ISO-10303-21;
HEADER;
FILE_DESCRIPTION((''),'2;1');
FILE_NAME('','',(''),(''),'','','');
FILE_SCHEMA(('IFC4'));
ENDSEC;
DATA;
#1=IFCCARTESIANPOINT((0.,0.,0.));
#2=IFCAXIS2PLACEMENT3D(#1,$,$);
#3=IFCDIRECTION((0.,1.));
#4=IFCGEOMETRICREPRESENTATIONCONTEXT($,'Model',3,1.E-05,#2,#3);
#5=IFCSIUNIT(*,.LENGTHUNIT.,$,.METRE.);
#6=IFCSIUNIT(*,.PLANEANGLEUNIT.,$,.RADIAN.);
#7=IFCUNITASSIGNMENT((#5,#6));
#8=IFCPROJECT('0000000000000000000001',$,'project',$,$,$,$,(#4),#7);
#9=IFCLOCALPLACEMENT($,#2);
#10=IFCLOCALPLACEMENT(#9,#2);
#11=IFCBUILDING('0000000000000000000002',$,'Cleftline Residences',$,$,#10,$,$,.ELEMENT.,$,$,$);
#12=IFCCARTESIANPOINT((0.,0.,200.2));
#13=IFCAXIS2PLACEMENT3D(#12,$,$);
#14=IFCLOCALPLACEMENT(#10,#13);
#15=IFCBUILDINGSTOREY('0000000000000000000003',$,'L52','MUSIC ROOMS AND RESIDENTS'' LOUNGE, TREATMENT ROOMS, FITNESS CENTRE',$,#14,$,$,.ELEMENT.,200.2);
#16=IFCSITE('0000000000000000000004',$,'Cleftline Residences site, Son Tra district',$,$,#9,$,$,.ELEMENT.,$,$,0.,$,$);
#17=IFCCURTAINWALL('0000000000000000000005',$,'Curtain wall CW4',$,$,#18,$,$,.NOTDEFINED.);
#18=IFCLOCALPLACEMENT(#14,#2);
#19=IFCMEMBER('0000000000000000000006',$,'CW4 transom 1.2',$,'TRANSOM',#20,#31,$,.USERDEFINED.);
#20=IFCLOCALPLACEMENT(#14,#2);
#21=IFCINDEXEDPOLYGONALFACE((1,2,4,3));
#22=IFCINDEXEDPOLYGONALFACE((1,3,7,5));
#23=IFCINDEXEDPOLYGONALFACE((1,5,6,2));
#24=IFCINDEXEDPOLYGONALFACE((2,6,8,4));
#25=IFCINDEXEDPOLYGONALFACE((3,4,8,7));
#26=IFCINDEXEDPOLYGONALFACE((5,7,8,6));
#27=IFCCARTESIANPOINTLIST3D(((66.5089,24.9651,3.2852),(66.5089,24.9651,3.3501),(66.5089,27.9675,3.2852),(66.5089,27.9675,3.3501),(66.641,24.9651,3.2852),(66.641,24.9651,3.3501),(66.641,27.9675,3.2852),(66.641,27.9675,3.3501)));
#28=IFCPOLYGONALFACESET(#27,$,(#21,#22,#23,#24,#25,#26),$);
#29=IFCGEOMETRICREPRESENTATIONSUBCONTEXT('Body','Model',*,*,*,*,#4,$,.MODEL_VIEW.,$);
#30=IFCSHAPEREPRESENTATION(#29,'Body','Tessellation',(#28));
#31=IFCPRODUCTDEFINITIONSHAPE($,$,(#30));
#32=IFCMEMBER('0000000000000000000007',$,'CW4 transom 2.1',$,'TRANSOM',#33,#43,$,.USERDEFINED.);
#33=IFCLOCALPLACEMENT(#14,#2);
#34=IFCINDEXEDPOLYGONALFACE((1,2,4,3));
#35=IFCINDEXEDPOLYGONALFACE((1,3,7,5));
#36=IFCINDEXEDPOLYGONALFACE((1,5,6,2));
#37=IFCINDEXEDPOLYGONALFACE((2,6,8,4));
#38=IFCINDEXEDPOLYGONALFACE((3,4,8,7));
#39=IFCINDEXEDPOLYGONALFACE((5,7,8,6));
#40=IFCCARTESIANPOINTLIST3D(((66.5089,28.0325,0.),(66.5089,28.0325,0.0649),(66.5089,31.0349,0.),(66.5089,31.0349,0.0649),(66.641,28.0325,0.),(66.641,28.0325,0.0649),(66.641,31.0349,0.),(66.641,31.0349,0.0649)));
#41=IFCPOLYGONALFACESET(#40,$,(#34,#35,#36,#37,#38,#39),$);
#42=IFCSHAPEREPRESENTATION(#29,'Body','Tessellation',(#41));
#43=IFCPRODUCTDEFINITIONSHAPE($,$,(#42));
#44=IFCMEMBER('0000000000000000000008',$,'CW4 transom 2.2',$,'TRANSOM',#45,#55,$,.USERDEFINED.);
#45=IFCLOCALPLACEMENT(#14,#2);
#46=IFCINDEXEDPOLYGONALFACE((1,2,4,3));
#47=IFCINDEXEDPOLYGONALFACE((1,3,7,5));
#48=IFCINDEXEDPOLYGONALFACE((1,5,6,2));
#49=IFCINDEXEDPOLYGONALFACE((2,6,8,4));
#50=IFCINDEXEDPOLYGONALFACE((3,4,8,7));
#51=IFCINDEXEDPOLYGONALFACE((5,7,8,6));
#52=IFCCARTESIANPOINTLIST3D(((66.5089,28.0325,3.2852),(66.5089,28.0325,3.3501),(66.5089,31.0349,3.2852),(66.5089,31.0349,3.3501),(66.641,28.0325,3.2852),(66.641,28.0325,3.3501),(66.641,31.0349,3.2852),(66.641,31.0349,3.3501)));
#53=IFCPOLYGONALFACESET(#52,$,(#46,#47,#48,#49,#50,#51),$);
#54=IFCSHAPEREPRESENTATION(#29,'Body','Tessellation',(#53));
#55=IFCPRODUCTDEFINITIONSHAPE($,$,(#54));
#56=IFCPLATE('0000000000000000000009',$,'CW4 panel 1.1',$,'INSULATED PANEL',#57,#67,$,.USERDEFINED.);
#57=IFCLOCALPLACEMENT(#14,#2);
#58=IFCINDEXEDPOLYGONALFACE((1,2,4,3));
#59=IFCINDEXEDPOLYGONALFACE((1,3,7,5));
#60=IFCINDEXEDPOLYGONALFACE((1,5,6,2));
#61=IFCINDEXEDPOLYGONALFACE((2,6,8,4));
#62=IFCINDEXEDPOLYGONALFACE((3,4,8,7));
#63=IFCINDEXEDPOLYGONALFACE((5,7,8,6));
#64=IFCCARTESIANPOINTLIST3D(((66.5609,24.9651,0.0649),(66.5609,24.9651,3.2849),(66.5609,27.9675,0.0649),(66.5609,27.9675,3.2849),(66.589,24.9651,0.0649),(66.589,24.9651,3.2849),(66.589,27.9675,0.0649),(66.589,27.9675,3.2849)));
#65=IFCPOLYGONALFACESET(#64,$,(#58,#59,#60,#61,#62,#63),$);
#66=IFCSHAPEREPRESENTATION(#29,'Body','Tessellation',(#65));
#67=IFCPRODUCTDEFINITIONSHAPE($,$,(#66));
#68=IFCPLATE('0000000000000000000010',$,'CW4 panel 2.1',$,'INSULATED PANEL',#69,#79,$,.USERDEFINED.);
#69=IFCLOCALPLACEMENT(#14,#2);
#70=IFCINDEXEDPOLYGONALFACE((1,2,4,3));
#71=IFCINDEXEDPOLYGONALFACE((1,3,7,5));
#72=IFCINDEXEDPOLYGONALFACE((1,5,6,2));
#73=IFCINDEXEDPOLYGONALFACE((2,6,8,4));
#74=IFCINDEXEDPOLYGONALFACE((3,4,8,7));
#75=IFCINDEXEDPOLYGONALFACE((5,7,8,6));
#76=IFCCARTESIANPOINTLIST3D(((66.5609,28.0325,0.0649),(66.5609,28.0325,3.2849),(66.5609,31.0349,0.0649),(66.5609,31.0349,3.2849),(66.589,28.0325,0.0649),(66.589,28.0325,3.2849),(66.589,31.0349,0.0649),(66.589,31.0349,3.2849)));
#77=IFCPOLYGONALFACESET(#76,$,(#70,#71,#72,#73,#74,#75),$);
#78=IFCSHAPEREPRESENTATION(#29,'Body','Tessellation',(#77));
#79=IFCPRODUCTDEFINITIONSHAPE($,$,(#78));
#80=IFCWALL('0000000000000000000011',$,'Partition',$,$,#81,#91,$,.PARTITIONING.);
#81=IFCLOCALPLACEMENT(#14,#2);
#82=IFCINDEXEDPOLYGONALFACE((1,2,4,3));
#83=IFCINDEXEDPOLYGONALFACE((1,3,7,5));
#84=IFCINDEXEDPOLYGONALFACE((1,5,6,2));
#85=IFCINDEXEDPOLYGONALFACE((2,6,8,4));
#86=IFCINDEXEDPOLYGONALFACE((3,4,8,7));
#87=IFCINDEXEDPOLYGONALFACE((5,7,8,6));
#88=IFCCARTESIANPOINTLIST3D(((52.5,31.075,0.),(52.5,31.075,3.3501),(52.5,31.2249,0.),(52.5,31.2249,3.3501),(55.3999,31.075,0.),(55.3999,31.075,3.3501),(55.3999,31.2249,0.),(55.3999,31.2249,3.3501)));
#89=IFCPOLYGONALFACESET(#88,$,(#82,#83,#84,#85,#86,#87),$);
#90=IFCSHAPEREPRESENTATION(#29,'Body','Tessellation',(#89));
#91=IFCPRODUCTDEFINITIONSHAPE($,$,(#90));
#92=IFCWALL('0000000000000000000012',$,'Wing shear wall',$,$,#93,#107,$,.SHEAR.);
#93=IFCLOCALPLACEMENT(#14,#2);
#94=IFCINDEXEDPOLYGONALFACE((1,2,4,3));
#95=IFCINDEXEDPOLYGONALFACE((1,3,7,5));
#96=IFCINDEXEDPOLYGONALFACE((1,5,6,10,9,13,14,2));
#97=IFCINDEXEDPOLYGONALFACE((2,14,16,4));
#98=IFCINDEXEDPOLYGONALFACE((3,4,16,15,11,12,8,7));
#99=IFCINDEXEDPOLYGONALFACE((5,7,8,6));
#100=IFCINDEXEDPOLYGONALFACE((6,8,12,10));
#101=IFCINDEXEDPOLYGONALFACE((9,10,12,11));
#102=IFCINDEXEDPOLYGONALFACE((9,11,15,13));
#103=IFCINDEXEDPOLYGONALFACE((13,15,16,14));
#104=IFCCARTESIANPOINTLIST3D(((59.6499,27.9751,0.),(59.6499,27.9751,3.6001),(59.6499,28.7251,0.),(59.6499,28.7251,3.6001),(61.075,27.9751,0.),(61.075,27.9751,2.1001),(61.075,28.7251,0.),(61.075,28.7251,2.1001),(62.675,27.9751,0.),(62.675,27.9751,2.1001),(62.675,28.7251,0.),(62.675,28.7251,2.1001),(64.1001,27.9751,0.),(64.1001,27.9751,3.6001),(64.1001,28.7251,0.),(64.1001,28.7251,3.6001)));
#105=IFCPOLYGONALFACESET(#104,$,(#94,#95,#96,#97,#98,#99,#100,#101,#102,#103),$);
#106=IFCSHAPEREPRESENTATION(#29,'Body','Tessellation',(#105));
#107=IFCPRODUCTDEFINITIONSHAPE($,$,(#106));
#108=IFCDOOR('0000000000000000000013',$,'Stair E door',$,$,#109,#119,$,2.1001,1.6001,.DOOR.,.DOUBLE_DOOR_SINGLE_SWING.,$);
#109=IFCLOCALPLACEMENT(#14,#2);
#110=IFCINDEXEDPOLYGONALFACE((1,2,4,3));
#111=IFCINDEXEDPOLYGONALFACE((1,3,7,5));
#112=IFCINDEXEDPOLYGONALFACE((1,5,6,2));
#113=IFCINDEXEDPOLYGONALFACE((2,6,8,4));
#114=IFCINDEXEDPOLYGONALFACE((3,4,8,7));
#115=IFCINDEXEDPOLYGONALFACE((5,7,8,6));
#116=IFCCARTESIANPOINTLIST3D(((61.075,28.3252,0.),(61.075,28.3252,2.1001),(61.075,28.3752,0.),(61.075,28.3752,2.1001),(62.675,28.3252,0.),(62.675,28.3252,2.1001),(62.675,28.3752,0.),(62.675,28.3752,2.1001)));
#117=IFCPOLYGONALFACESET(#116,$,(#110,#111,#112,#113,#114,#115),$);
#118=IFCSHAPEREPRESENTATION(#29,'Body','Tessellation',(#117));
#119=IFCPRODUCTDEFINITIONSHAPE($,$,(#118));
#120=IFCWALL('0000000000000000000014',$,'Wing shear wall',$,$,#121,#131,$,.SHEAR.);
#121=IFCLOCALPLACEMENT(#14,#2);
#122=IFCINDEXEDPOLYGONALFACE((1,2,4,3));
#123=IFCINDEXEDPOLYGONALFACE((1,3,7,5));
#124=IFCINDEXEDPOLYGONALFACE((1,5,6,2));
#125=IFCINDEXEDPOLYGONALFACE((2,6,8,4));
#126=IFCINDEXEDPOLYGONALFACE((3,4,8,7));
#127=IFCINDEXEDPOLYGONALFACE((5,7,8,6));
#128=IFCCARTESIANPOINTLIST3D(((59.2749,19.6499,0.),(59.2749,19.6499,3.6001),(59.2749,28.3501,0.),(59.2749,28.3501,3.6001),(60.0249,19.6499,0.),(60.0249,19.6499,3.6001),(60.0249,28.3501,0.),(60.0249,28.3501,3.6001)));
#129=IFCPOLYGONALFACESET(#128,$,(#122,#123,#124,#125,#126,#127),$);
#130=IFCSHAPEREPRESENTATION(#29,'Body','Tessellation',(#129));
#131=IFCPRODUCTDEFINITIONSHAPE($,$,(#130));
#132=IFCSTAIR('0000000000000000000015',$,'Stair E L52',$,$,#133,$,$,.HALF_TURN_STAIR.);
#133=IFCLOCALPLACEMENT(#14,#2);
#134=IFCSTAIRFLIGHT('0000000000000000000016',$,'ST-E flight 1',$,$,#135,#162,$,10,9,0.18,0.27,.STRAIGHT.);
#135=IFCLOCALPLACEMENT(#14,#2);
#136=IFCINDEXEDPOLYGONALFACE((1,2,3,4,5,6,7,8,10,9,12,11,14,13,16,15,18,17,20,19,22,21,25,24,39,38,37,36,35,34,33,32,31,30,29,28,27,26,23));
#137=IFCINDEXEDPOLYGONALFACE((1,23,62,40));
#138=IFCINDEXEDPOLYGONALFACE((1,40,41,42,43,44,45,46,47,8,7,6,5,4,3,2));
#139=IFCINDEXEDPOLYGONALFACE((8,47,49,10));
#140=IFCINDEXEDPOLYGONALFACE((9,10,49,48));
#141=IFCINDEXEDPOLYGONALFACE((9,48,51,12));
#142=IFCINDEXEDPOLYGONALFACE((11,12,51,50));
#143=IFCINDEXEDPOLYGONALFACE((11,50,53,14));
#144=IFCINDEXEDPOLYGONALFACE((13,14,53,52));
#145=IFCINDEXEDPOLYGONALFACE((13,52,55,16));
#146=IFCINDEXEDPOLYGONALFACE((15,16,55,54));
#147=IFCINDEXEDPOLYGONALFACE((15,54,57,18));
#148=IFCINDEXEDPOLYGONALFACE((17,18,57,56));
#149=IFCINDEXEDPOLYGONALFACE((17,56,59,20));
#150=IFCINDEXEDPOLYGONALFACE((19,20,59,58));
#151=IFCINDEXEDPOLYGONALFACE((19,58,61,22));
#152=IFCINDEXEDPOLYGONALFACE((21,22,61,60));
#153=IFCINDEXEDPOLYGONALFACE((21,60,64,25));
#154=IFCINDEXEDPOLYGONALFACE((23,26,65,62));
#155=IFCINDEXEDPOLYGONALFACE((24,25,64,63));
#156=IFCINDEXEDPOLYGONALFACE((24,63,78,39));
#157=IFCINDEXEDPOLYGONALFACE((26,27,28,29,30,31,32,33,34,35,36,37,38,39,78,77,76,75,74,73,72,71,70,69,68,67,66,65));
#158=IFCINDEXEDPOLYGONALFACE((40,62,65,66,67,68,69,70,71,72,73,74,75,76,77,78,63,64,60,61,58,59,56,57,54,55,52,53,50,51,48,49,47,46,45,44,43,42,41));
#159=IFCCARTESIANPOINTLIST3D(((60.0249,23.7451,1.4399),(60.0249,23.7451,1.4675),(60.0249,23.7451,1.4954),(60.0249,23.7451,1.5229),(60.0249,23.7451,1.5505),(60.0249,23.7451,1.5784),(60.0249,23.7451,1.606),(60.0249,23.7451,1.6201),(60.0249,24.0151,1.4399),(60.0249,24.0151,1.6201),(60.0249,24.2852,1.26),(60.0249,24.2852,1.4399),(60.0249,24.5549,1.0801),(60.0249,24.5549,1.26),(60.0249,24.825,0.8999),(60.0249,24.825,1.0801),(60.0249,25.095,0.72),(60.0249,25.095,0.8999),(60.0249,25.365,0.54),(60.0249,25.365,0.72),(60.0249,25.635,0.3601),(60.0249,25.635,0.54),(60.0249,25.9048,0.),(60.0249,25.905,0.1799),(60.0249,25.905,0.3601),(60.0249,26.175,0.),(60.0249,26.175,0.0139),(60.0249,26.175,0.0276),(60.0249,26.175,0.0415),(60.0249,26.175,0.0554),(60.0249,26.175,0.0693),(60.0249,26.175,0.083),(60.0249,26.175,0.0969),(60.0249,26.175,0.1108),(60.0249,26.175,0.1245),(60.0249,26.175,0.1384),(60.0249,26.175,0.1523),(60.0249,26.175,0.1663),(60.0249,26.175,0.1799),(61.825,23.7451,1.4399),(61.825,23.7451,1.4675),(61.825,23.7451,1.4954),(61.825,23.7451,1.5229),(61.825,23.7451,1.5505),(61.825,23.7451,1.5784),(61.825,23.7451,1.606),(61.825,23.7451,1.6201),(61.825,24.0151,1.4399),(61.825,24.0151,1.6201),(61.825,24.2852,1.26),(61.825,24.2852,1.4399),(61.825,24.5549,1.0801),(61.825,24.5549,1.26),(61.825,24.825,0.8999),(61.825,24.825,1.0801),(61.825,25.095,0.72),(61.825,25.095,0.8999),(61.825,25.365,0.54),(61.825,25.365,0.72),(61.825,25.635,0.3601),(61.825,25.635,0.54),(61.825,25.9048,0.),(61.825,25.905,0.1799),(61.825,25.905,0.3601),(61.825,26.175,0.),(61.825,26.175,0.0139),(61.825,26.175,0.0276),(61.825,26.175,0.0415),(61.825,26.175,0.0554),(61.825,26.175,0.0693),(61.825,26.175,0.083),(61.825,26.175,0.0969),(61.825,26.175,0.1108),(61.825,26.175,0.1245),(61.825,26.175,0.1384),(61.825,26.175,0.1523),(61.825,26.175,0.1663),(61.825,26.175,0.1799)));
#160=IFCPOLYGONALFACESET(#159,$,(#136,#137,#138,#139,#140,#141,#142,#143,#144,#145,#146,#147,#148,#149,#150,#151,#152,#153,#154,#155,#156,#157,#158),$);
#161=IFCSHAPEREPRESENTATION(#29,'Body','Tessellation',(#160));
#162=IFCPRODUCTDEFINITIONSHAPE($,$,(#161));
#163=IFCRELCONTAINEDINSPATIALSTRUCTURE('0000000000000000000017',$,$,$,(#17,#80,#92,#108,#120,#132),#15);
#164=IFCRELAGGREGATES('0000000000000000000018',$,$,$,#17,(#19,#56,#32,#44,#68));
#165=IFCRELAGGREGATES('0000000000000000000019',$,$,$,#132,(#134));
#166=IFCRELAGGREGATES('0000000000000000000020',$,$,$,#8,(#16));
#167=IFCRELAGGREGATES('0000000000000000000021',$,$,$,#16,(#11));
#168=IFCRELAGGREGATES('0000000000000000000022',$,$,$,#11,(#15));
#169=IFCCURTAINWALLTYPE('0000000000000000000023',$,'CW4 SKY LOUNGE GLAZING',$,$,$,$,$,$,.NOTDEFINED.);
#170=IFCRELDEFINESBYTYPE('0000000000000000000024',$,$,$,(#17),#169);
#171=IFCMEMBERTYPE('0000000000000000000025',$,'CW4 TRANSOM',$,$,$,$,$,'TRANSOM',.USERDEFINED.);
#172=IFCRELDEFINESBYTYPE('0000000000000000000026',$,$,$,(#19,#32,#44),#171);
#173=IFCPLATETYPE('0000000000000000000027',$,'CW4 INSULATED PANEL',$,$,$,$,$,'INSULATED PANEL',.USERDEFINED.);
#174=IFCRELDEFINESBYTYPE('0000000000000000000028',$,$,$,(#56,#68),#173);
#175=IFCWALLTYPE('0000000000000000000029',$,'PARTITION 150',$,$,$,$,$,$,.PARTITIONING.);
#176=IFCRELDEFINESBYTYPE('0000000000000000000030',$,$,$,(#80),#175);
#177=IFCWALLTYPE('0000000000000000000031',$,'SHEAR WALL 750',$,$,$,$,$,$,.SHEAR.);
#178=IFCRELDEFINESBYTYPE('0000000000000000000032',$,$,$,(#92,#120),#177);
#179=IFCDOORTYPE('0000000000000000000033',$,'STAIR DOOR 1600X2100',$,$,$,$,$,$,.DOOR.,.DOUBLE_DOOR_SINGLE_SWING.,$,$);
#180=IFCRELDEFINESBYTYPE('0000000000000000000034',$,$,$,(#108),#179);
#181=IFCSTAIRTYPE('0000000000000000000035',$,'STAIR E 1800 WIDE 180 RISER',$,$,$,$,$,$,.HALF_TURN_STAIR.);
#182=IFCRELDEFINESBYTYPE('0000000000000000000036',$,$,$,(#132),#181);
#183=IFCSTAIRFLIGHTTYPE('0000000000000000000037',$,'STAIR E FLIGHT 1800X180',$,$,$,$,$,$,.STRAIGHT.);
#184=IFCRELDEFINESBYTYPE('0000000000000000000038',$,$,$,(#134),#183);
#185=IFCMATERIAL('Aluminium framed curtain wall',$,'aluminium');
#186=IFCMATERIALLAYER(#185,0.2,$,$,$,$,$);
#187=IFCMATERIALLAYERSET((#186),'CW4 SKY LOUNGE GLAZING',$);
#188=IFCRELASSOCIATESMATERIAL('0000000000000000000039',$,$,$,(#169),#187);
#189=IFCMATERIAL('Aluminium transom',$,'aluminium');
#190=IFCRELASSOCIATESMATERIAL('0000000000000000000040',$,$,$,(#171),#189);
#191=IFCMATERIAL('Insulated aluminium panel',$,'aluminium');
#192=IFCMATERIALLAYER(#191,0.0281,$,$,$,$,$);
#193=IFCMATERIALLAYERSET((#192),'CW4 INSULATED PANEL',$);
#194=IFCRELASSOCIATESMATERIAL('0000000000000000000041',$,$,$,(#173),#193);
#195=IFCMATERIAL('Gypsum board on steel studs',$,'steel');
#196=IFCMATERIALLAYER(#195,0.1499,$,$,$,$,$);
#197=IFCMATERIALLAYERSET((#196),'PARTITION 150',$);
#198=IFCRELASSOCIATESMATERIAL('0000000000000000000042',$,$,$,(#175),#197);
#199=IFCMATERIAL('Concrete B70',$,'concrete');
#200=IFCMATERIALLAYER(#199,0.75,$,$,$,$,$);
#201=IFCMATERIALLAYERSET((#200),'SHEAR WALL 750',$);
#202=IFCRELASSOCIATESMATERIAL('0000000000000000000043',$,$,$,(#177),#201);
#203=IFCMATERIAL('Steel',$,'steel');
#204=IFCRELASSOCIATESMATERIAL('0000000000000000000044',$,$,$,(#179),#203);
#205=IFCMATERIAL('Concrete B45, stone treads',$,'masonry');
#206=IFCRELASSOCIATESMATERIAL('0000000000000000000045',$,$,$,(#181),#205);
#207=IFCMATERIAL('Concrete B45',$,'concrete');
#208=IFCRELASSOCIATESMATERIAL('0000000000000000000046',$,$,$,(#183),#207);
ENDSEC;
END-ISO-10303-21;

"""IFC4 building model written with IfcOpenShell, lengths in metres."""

from ifc_helpers import new_model, si_unit, direction, frame, frame_2d, origin, origin_2d, place, context, subcontext, project, spatial, polyline, rectangle, outline, extrude, material, layer, layer_set, material_profile, profile_set, type_object, element, fill, aggregate, save


model = new_model("IFC4")

# Units and contexts
model_context = context("Model", 3, precision=1e-05, world=origin(), true_north=direction((0.0, 1.0)))
body_context = subcontext(model_context, "Body", "Model", "MODEL_VIEW")
ifc_project = project(units=[si_unit("LENGTHUNIT", "METRE"), si_unit("PLANEANGLEUNIT", "RADIAN")], contexts=[model_context])

# Site, building, storey
site_placement = place(None, origin())
site = spatial("IfcSite", under=ifc_project, at=site_placement, Name="Cleftline Residences site, Son Tra district", CompositionType="ELEMENT", RefElevation=0.0)
building_placement = place(site_placement, origin())
building = spatial("IfcBuilding", under=site, at=building_placement, Name="Cleftline Residences", CompositionType="ELEMENT")
storey_placement = place(building_placement, frame((0.0, 0.0, 200.2)))
storey = spatial("IfcBuildingStorey", under=building, at=storey_placement, Name="L52", Description="MUSIC ROOMS AND RESIDENTS' LOUNGE, TREATMENT ROOMS, FITNESS CENTRE", CompositionType="ELEMENT", Elevation=200.2)

# Curtain wall, members, plates
ifc_material_1 = material(Name="Aluminium framed curtain wall", Category="aluminium")
ifc_layer_1 = layer(ifc_material_1, 0.2)
ifc_layer_set_1 = layer_set([ifc_layer_1], Name="CW4 SKY LOUNGE GLAZING")
curtain_wall_type = type_object("IfcCurtainWallType", Name="CW4 SKY LOUNGE GLAZING", PredefinedType="NOTDEFINED", material=ifc_layer_set_1)
curtain_wall_placement = place(storey_placement, origin())
curtain_wall = element("IfcCurtainWall", 1, at=curtain_wall_placement, inside=storey, type_object=curtain_wall_type, Name="Curtain wall CW4", PredefinedType="NOTDEFINED")
ifc_material_2 = material(Name="Aluminium transom", Category="aluminium")
ifc_material_profile_1 = material_profile(ifc_material_2, rectangle(XDim=0.1321, YDim=0.0649, at=origin_2d()))
ifc_profile_set_1 = profile_set([ifc_material_profile_1], Name="Aluminium transom")
member_type_1 = type_object("IfcMemberType", Name="CW4 TRANSOM", ElementType="TRANSOM", PredefinedType="USERDEFINED", material=ifc_profile_set_1)
member_1_placement = place(storey_placement, frame((66.575, 24.9651, 3.3176), z_axis=(0.0, 1.0, 0.0), x_axis=(-1.0, 0.0, 0.0)))
member_1 = element("IfcMember", 2, at=member_1_placement, type_object=member_type_1, Name="CW4 transom 1.2", ObjectType="TRANSOM", PredefinedType="USERDEFINED", context=body_context, shape_type="SweptSolid", body=[
    extrude(rectangle(XDim=0.1321, YDim=0.0649, at=origin_2d()), origin(), (0.0, 0.0, 1.0), 3.0024),
])
member_2_placement = place(storey_placement, frame((66.575, 28.0325, 0.0325), z_axis=(0.0, 1.0, 0.0), x_axis=(-1.0, 0.0, 0.0)))
member_2 = element("IfcMember", 3, at=member_2_placement, type_object=member_type_1, Name="CW4 transom 2.1", ObjectType="TRANSOM", PredefinedType="USERDEFINED", context=body_context, shape_type="SweptSolid", body=[
    extrude(rectangle(XDim=0.1321, YDim=0.0649, at=origin_2d()), origin(), (0.0, 0.0, 1.0), 3.0024),
])
member_3_placement = place(storey_placement, frame((66.575, 28.0325, 3.3176), z_axis=(0.0, 1.0, 0.0), x_axis=(-1.0, 0.0, 0.0)))
member_3 = element("IfcMember", 4, at=member_3_placement, type_object=member_type_1, Name="CW4 transom 2.2", ObjectType="TRANSOM", PredefinedType="USERDEFINED", context=body_context, shape_type="SweptSolid", body=[
    extrude(rectangle(XDim=0.1321, YDim=0.0649, at=origin_2d()), origin(), (0.0, 0.0, 1.0), 3.0024),
])
ifc_material_3 = material(Name="Insulated aluminium panel", Category="aluminium")
ifc_layer_2 = layer(ifc_material_3, 0.0281)
ifc_layer_set_2 = layer_set([ifc_layer_2], Name="CW4 INSULATED PANEL")
plate_type = type_object("IfcPlateType", Name="CW4 INSULATED PANEL", ElementType="INSULATED PANEL", PredefinedType="USERDEFINED", material=ifc_layer_set_2)
plate_1_placement = place(storey_placement, frame((66.575, 26.4663, 0.0649), z_axis=(0.0, 0.0, 1.0), x_axis=(0.0, 1.0, 0.0)))
plate_1 = element("IfcPlate", 5, at=plate_1_placement, type_object=plate_type, Name="CW4 panel 1.1", ObjectType="INSULATED PANEL", PredefinedType="USERDEFINED", context=body_context, shape_type="SweptSolid", body=[
    extrude(rectangle(XDim=3.0024, YDim=0.0281, at=origin_2d()), origin(), (0.0, 0.0, 1.0), 3.22),
])
plate_2_placement = place(storey_placement, frame((66.575, 29.5337, 0.0649), z_axis=(0.0, 0.0, 1.0), x_axis=(0.0, 1.0, 0.0)))
plate_2 = element("IfcPlate", 6, at=plate_2_placement, type_object=plate_type, Name="CW4 panel 2.1", ObjectType="INSULATED PANEL", PredefinedType="USERDEFINED", context=body_context, shape_type="SweptSolid", body=[
    extrude(rectangle(XDim=3.0024, YDim=0.0281, at=origin_2d()), origin(), (0.0, 0.0, 1.0), 3.22),
])
aggregate(curtain_wall, [member_1, plate_1, member_2, member_3, plate_2])

# Wall
ifc_material_4 = material(Name="Gypsum board on steel studs", Category="steel")
ifc_layer_3 = layer(ifc_material_4, 0.1499)
ifc_layer_set_3 = layer_set([ifc_layer_3], Name="PARTITION 150")
wall_type_1 = type_object("IfcWallType", Name="PARTITION 150", PredefinedType="PARTITIONING", material=ifc_layer_set_3)
wall_1_placement = place(storey_placement, frame((52.5, 31.1499, 0.0), z_axis=(0.0, 0.0, 1.0), x_axis=(1.0, 0.0, 0.0)))
element("IfcWall", 7, at=wall_1_placement, inside=storey, type_object=wall_type_1, Name="Partition", PredefinedType="PARTITIONING", context=body_context, shape_type="SweptSolid", body=[
    extrude(rectangle(XDim=2.8999, YDim=0.1499, at=frame_2d((1.45, 0.0))), origin(), (0.0, 0.0, 1.0), 3.3501),
])

# Wall, opening, door
ifc_material_5 = material(Name="Concrete B70", Category="concrete")
ifc_layer_4 = layer(ifc_material_5, 0.75)
ifc_layer_set_4 = layer_set([ifc_layer_4], Name="SHEAR WALL 750")
wall_type_2 = type_object("IfcWallType", Name="SHEAR WALL 750", PredefinedType="SHEAR", material=ifc_layer_set_4)
wall_2_placement = place(storey_placement, frame((64.1001, 28.3501, 0.0), z_axis=(0.0, 0.0, 1.0), x_axis=(-1.0, 0.0, 0.0)))
wall_2 = element("IfcWall", 8, at=wall_2_placement, inside=storey, type_object=wall_type_2, Name="Wing shear wall", PredefinedType="SHEAR", context=body_context, shape_type="SweptSolid", body=[
    extrude(rectangle(XDim=4.4502, YDim=0.75, at=frame_2d((2.2251, 0.0))), origin(), (0.0, 0.0, 1.0), 3.6001),
])
opening_placement = place(wall_2_placement, frame((1.425, 0.0, 0.0)))
opening = element("IfcOpeningElement", 9, at=opening_placement, cuts=wall_2, PredefinedType="OPENING", context=body_context, shape_type="SweptSolid", body=[
    extrude(rectangle(XDim=1.6001, YDim=2.1001, at=frame_2d((0.8, 1.05))), frame((0.0, 0.385, 0.0), z_axis=(0.0, -1.0, 0.0), x_axis=(1.0, 0.0, 0.0)), (0.0, 0.0, 1.0), 0.77),
])
ifc_material_6 = material(Name="Steel", Category="steel")
door_type = type_object("IfcDoorType", Name="STAIR DOOR 1600X2100", OperationType="DOUBLE_DOOR_SINGLE_SWING", PredefinedType="DOOR", material=ifc_material_6)
door_placement = place(opening_placement, origin())
door = element("IfcDoor", 10, at=door_placement, inside=storey, type_object=door_type, Name="Stair E door", OperationType="DOUBLE_DOOR_SINGLE_SWING", OverallHeight=2.1001, OverallWidth=1.6001, PredefinedType="DOOR", context=body_context, shape_type="SweptSolid", body=[
    extrude(rectangle(XDim=1.6001, YDim=2.1001, at=frame_2d((0.8, 1.05))), frame((0.0, 0.0249, 0.0), z_axis=(0.0, -1.0, 0.0), x_axis=(1.0, 0.0, 0.0)), (0.0, 0.0, 1.0), 0.05),
])
fill(opening, door)

# Wall
wall_3_placement = place(storey_placement, frame((59.6499, 28.3501, 0.0), z_axis=(0.0, 0.0, 1.0), x_axis=(0.0, -1.0, 0.0)))
element("IfcWall", 11, at=wall_3_placement, inside=storey, type_object=wall_type_2, Name="Wing shear wall", PredefinedType="SHEAR", context=body_context, shape_type="SweptSolid", body=[
    extrude(rectangle(XDim=8.7002, YDim=0.75, at=frame_2d((4.3501, 0.0))), origin(), (0.0, 0.0, 1.0), 3.6001),
])

# Stair, stair flight
ifc_material_7 = material(Name="Concrete B45, stone treads", Category="masonry")
stair_type = type_object("IfcStairType", Name="STAIR E 1800 WIDE 180 RISER", PredefinedType="HALF_TURN_STAIR", material=ifc_material_7)
stair_placement = place(storey_placement, origin())
stair = element("IfcStair", 12, at=stair_placement, inside=storey, type_object=stair_type, Name="Stair E L52", PredefinedType="HALF_TURN_STAIR")
ifc_material_8 = material(Name="Concrete B45", Category="concrete")
stair_flight_type = type_object("IfcStairFlightType", Name="STAIR E FLIGHT 1800X180", PredefinedType="STRAIGHT", material=ifc_material_8)
stair_flight_placement = place(storey_placement, frame((60.925, 26.175, 0.0), z_axis=(0.0, 0.0, 1.0), x_axis=(0.0, -1.0, 0.0)))
stair_flight = element("IfcStairFlight", 13, at=stair_flight_placement, type_object=stair_flight_type, Name="ST-E flight 1", NumberOfRisers=10, NumberOfTreads=9, PredefinedType="STRAIGHT", RiserHeight=0.18, TreadLength=0.27, context=body_context, shape_type="SweptSolid", body=[
    extrude(outline(polyline([(0.0, 0.0), (0.0, 0.0139), (0.0, 0.0276), (0.0, 0.0415), (0.0, 0.0554), (0.0, 0.0693), (0.0, 0.083), (0.0, 0.0969), (0.0, 0.1108), (0.0, 0.1245), (0.0, 0.1384), (0.0, 0.1523), (0.0, 0.1663), (0.0, 0.1799), (0.27, 0.1799), (0.27, 0.3601), (0.54, 0.3601), (0.54, 0.54), (0.8101, 0.54), (0.8101, 0.72), (1.0801, 0.72), (1.0801, 0.8999), (1.3501, 0.8999), (1.3501, 1.0801), (1.6201, 1.0801), (1.6201, 1.26), (1.8899, 1.26), (1.8899, 1.4399), (2.1599, 1.4399), (2.1599, 1.6201), (2.4299, 1.6201), (2.4299, 1.8), (2.4299, 1.7722), (2.4299, 1.7446), (2.4299, 1.7168), (2.4299, 1.6892), (2.4299, 1.6614), (2.4299, 1.6338), (2.4299, 1.606), (2.4299, 1.5784), (2.4299, 1.5505), (2.4299, 1.5229), (2.4299, 1.4954), (2.4299, 1.4675), (2.4299, 1.4399), (0.2703, 0.0), (0.0, 0.0)])), frame((0.0, 0.8999, 0.0), z_axis=(0.0, -1.0, 0.0), x_axis=(1.0, 0.0, 0.0)), (0.0, 0.0, 1.0), 1.8),
])
aggregate(stair, [stair_flight])

save(model, "model.ifc")
